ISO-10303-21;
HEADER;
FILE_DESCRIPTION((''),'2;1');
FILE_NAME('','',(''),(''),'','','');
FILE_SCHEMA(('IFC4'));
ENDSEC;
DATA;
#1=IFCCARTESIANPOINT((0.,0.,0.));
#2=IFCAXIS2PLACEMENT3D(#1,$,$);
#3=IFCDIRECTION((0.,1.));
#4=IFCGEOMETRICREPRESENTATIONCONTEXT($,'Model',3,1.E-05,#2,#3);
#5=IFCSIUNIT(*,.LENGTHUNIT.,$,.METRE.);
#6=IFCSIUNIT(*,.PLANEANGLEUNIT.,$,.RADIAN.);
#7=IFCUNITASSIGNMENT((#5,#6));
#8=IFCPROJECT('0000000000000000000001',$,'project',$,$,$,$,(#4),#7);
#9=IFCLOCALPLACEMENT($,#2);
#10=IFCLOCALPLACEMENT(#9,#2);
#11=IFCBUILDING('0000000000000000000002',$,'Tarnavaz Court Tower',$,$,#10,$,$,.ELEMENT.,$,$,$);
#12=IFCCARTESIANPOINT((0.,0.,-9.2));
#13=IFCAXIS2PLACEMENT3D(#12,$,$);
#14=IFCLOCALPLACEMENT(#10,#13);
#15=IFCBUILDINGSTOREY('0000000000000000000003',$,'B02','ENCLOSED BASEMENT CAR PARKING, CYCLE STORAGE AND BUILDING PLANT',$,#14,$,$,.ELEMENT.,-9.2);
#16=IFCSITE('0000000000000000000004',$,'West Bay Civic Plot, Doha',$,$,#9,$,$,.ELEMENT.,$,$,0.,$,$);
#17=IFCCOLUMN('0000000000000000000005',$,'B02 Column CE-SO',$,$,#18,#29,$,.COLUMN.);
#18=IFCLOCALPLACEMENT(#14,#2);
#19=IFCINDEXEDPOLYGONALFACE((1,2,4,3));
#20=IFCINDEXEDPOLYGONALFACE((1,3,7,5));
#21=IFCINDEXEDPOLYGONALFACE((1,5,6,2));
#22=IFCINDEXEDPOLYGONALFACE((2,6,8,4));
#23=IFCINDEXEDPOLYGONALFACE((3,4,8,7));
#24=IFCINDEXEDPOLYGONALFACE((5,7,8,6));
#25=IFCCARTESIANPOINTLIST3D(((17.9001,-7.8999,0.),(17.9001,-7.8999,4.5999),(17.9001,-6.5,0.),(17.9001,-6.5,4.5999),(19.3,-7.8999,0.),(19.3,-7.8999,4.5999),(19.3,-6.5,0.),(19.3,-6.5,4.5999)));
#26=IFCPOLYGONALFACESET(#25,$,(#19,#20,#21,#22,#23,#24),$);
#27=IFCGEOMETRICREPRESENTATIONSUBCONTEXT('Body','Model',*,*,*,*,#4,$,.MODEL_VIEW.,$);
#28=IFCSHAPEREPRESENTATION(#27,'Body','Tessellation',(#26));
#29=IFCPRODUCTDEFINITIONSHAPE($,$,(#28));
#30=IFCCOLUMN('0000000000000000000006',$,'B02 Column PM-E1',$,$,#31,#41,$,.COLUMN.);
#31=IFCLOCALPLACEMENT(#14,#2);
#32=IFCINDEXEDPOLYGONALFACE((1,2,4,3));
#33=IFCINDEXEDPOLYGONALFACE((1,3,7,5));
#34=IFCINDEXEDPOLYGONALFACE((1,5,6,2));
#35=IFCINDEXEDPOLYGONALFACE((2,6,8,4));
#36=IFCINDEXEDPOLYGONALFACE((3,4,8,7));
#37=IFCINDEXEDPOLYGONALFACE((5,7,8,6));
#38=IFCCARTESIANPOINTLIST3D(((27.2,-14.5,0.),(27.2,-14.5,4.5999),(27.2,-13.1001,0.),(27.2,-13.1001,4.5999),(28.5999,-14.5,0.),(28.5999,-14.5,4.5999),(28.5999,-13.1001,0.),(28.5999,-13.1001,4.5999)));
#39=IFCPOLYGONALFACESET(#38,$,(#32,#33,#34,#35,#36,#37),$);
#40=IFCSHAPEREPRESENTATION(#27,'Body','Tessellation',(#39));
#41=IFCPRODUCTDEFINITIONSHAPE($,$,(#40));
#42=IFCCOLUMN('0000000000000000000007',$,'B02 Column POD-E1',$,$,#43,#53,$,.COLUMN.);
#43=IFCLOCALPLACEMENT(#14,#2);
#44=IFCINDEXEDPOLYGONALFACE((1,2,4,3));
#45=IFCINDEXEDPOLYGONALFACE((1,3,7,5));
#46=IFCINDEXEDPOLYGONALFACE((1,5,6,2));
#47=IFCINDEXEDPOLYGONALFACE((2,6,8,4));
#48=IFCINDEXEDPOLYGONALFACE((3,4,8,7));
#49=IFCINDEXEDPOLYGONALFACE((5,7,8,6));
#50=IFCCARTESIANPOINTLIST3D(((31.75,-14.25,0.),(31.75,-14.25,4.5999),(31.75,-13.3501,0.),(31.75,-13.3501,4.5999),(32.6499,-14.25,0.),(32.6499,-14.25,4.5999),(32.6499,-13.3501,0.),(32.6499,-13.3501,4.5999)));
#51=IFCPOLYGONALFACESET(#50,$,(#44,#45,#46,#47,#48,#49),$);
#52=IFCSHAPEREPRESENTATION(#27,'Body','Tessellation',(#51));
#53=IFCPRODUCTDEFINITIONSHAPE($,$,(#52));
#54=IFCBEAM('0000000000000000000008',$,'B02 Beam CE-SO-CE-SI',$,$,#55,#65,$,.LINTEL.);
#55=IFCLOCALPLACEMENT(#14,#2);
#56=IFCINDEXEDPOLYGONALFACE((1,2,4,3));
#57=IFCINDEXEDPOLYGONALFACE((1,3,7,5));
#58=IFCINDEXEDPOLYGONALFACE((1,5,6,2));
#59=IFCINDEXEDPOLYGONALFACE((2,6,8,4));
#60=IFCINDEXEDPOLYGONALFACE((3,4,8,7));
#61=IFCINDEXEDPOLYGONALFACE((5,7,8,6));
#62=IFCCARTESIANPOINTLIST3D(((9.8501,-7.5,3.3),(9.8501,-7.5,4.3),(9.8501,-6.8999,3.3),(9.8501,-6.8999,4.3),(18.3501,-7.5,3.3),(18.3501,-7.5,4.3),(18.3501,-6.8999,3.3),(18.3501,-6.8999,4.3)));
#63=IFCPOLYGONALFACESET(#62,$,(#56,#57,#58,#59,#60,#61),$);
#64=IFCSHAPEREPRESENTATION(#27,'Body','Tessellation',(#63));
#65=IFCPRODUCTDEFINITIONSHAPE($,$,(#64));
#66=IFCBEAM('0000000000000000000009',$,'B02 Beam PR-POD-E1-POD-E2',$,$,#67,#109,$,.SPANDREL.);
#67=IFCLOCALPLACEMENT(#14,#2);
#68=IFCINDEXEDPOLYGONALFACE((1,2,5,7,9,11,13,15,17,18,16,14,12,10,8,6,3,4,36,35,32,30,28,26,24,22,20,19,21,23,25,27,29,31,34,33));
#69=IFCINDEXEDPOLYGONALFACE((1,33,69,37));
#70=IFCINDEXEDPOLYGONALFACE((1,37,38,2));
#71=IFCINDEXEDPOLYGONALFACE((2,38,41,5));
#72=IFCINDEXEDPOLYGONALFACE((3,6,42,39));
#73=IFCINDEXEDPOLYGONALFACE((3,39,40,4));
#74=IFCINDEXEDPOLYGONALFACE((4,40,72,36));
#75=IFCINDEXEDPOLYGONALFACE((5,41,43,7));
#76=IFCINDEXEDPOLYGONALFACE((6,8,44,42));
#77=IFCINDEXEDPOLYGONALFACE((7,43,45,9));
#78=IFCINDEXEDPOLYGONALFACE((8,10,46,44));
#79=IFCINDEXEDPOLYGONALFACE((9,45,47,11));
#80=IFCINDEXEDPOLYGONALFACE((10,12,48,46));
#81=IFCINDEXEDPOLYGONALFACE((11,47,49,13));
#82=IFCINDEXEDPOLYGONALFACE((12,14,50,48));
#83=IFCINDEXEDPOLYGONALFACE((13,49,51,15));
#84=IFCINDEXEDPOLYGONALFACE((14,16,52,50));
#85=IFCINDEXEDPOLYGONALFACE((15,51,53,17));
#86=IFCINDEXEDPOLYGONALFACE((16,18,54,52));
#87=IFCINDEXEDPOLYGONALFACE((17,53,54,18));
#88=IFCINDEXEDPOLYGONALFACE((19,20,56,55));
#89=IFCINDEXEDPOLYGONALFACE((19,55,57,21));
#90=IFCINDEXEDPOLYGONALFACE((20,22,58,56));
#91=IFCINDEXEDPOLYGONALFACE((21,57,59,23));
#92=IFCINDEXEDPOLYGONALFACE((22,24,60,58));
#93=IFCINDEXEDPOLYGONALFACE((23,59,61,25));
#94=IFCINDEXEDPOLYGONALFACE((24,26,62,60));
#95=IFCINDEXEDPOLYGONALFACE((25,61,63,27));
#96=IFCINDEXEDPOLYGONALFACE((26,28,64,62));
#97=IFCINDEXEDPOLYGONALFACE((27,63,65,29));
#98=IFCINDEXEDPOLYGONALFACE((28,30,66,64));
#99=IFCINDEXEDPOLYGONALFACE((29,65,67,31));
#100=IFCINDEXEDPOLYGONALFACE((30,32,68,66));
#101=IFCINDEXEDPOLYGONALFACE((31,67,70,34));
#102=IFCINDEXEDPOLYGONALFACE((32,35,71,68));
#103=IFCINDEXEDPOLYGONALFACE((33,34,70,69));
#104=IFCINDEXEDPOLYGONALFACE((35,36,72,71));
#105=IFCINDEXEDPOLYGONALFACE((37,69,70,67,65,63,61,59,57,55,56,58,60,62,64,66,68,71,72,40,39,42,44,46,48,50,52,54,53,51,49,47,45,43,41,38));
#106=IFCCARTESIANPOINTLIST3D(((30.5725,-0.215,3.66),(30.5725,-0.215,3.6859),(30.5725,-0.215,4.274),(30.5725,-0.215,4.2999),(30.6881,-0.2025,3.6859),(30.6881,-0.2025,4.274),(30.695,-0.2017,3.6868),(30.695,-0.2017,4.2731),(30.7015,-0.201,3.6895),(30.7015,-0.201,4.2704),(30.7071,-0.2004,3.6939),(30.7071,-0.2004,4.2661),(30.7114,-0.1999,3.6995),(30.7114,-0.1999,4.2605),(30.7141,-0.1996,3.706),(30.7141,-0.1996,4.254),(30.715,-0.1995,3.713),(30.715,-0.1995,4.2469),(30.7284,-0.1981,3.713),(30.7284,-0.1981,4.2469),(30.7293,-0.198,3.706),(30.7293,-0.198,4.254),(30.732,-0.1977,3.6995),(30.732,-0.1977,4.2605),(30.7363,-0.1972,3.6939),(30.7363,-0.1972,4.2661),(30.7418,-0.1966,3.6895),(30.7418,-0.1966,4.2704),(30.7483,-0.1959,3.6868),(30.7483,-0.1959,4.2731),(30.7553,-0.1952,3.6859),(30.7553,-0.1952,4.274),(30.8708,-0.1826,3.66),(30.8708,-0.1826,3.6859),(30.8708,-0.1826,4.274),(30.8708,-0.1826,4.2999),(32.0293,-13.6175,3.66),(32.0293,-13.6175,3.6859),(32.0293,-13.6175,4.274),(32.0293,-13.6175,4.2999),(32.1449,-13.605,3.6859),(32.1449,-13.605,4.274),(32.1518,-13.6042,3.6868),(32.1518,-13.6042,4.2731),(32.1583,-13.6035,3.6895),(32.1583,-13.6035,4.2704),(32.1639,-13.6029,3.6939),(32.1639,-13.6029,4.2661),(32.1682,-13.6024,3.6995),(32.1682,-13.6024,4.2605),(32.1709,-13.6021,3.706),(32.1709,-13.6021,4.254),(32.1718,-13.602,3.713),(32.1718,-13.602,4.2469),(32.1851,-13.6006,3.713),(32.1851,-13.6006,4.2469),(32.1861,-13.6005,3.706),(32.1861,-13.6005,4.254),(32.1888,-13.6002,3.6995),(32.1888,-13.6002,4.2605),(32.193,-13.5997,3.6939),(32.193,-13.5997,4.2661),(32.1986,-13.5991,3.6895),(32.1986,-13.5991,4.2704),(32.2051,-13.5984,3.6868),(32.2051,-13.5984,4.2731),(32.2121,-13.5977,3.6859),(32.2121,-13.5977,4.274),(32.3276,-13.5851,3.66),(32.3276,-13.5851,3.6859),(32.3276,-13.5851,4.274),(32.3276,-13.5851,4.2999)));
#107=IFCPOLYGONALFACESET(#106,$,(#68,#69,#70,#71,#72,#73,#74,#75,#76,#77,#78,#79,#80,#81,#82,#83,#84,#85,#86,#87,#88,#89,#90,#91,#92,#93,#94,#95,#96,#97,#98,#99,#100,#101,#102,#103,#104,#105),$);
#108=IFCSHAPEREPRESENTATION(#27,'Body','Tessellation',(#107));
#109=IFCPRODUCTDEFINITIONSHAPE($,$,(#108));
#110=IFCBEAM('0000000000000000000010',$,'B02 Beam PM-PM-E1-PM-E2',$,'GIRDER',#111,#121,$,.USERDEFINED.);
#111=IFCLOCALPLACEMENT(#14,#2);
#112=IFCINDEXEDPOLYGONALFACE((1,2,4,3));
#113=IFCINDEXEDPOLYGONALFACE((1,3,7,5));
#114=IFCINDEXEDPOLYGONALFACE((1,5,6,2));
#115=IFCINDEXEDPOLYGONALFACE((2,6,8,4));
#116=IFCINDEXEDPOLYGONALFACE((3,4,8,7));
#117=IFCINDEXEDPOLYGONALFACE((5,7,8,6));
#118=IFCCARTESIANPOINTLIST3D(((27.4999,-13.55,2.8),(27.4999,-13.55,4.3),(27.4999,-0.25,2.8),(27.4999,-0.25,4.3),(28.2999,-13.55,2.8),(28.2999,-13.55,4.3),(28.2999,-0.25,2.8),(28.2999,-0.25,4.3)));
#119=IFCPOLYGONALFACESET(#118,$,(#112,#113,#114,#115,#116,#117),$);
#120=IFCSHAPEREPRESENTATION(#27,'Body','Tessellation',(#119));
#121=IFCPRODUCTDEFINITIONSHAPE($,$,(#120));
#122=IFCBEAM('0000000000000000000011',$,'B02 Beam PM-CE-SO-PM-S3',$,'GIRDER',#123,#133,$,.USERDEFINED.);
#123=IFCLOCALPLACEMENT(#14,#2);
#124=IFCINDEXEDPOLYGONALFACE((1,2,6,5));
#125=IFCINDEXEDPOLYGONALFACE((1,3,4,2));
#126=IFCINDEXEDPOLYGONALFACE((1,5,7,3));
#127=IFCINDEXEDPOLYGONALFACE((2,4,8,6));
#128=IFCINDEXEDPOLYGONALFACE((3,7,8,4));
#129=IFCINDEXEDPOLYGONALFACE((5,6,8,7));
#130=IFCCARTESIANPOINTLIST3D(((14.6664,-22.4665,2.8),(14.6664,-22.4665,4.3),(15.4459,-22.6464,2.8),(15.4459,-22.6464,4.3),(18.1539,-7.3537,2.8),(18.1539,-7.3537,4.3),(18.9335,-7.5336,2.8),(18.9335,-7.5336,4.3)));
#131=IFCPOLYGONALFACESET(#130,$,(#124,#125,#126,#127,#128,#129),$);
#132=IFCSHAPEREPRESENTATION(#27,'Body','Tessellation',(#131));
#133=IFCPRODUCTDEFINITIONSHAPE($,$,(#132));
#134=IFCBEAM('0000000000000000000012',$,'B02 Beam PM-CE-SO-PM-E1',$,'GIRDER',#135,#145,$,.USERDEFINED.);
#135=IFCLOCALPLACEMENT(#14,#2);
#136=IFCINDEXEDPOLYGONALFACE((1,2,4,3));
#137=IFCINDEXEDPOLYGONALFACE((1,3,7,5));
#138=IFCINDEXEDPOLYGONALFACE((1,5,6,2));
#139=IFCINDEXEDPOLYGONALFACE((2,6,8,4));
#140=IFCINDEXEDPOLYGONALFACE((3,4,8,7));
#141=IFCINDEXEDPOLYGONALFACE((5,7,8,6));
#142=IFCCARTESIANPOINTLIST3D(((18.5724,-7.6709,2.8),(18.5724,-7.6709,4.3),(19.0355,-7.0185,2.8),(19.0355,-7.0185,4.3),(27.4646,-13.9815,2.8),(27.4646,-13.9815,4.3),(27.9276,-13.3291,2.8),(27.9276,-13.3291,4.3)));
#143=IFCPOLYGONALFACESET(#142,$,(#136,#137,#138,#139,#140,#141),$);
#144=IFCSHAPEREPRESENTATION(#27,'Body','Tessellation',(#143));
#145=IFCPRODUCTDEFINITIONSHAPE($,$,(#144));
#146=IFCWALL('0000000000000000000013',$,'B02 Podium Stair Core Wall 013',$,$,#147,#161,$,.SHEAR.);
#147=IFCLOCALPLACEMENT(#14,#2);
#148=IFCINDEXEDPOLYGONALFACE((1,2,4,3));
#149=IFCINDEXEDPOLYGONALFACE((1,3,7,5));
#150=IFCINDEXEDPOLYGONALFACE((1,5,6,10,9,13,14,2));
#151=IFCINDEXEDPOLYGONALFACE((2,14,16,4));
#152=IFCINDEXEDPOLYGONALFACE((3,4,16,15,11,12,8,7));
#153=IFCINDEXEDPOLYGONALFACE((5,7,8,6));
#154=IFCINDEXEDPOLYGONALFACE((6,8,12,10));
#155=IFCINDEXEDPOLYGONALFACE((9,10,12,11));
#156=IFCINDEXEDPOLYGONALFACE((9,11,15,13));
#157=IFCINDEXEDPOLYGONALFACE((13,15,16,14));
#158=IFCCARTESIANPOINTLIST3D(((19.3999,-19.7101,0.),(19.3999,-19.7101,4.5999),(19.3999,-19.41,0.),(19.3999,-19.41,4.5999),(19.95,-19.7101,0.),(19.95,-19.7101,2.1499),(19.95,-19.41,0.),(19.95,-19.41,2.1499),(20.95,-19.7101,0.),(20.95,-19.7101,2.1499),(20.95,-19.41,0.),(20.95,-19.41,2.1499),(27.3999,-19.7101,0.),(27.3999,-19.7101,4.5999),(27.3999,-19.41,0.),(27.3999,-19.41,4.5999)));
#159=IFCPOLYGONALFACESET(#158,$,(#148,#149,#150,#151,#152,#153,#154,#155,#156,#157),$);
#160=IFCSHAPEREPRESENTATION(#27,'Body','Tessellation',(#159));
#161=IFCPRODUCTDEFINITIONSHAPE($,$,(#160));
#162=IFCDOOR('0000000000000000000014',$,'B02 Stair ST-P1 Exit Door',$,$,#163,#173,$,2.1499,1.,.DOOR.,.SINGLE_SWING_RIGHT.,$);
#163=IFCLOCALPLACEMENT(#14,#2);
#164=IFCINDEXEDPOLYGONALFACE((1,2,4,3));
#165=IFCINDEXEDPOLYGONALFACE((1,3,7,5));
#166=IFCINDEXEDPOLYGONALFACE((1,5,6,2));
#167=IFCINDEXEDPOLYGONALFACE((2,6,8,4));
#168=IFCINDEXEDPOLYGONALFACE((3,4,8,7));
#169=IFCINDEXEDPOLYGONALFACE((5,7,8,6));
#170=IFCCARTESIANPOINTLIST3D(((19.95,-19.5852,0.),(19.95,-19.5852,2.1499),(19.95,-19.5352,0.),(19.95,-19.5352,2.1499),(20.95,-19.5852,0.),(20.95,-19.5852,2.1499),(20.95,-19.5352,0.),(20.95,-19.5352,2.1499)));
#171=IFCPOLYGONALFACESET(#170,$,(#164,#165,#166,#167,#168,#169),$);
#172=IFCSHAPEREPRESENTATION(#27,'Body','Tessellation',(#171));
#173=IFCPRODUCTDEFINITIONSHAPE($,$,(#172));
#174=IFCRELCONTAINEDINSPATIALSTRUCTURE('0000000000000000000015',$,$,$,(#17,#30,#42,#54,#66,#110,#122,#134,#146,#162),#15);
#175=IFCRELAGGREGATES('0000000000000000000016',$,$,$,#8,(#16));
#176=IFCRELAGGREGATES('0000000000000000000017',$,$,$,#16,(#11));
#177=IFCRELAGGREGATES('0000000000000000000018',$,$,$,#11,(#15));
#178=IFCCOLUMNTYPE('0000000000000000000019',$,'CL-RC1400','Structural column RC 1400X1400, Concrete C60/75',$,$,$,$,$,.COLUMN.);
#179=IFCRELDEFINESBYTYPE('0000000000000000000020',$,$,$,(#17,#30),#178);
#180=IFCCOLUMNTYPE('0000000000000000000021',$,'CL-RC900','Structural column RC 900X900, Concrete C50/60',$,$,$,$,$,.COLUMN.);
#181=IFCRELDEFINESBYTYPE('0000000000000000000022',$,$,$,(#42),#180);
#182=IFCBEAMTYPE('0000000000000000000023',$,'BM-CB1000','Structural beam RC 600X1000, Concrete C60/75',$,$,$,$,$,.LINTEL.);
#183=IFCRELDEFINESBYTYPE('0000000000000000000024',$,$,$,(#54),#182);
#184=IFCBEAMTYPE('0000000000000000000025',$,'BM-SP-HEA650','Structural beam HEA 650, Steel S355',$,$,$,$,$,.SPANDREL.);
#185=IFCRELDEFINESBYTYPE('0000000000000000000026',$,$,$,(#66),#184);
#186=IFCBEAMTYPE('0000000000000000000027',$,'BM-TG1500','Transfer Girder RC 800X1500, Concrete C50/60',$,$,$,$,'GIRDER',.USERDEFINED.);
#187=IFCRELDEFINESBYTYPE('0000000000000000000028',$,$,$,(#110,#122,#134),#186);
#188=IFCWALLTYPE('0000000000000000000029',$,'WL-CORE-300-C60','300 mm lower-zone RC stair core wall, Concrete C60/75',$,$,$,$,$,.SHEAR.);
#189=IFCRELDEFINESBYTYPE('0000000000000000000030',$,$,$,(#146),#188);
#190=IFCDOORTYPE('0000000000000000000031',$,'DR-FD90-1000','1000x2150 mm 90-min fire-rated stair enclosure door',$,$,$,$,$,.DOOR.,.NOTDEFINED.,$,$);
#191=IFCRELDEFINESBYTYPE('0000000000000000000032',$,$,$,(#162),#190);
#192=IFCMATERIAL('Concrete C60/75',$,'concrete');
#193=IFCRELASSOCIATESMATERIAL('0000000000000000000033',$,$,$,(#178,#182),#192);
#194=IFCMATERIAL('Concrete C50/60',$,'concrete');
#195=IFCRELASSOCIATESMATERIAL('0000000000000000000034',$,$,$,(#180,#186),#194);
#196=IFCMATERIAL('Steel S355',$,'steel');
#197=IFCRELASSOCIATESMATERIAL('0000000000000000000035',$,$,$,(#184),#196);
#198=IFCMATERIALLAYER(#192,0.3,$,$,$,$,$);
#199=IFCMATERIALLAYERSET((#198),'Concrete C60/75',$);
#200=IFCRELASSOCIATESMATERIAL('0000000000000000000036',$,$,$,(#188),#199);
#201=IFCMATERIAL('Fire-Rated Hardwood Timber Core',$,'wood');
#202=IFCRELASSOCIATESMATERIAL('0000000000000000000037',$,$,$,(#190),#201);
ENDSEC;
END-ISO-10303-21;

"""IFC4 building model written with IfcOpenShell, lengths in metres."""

from ifc_helpers import new_model, si_unit, direction, frame, frame_2d, origin, origin_2d, place, context, subcontext, project, spatial, rectangle, i_section, extrude, material, layer, layer_set, material_profile, profile_set, type_object, element, fill, save


model = new_model("IFC4")

# Units and contexts
model_context = context("Model", 3, precision=1e-05, world=origin(), true_north=direction((0.0, 1.0)))
body_context = subcontext(model_context, "Body", "Model", "MODEL_VIEW")
ifc_project = project(units=[si_unit("LENGTHUNIT", "METRE"), si_unit("PLANEANGLEUNIT", "RADIAN")], contexts=[model_context])

# Site, building, storey
site_placement = place(None, origin())
site = spatial("IfcSite", under=ifc_project, at=site_placement, Name="West Bay Civic Plot, Doha", CompositionType="ELEMENT", RefElevation=0.0)
building_placement = place(site_placement, origin())
building = spatial("IfcBuilding", under=site, at=building_placement, Name="Tarnavaz Court Tower", CompositionType="ELEMENT")
storey_placement = place(building_placement, frame((0.0, 0.0, -9.2)))
storey = spatial("IfcBuildingStorey", under=building, at=storey_placement, Name="B02", Description="ENCLOSED BASEMENT CAR PARKING, CYCLE STORAGE AND BUILDING PLANT", CompositionType="ELEMENT", Elevation=-9.2)

# Shared definitions
ifc_material_1 = material(Name="Concrete C50/60", Category="concrete")

# Columns
ifc_material_2 = material(Name="Concrete C60/75", Category="concrete")
ifc_material_profile_1 = material_profile(ifc_material_2, rectangle(XDim=1.3999, YDim=1.3999, at=origin_2d()), Name="RC 1400X1400")
ifc_profile_set_1 = profile_set([ifc_material_profile_1], Name="Concrete C60/75")
column_type_1 = type_object("IfcColumnType", Name="CL-RC1400", Description="Structural column RC 1400X1400, Concrete C60/75", PredefinedType="COLUMN", material=ifc_profile_set_1)
for number, where, z_axis, x_axis, name in (
    (1, (18.6001, -7.2, 0.0), (0.0, 0.0, 1.0), (1.0, 0.0, 0.0), "B02 Column CE-SO"),
    (2, (27.8999, -13.8, 0.0), (0.0, 0.0, 1.0), (1.0, 0.0, 0.0), "B02 Column PM-E1"),
):
    element("IfcColumn", number, at=place(storey_placement, frame(where, z_axis=z_axis, x_axis=x_axis)), inside=storey, type_object=column_type_1, Name=name, PredefinedType="COLUMN", context=body_context, shape_type="SweptSolid", body=[
        extrude(rectangle(XDim=1.3999, YDim=1.3999, at=origin_2d()), origin(), (0.0, 0.0, 1.0), 4.5999),
    ])
ifc_material_profile_2 = material_profile(ifc_material_1, rectangle(XDim=0.8999, YDim=0.8999, at=origin_2d()), Name="RC 900X900")
ifc_profile_set_2 = profile_set([ifc_material_profile_2], Name="Concrete C50/60")
column_type_2 = type_object("IfcColumnType", Name="CL-RC900", Description="Structural column RC 900X900, Concrete C50/60", PredefinedType="COLUMN", material=ifc_profile_set_2)
column_placement = place(storey_placement, frame((32.2, -13.8, 0.0), z_axis=(0.0, 0.0, 1.0), x_axis=(1.0, 0.0, 0.0)))
element("IfcColumn", 3, at=column_placement, inside=storey, type_object=column_type_2, Name="B02 Column POD-E1", PredefinedType="COLUMN", context=body_context, shape_type="SweptSolid", body=[
    extrude(rectangle(XDim=0.8999, YDim=0.8999, at=origin_2d()), origin(), (0.0, 0.0, 1.0), 4.5999),
])

# Beams
ifc_material_profile_3 = material_profile(ifc_material_2, rectangle(XDim=0.6001, YDim=1.0, at=origin_2d()), Name="RC 600X1000")
ifc_profile_set_3 = profile_set([ifc_material_profile_3], Name="Concrete C60/75")
beam_type_1 = type_object("IfcBeamType", Name="BM-CB1000", Description="Structural beam RC 600X1000, Concrete C60/75", PredefinedType="LINTEL", material=ifc_profile_set_3)
beam_1_placement = place(storey_placement, frame((18.3501, -7.2, 3.8), z_axis=(-1.0, 0.0, 0.0), x_axis=(0.0, -1.0, 0.0)))
element("IfcBeam", 4, at=beam_1_placement, inside=storey, type_object=beam_type_1, Name="B02 Beam CE-SO-CE-SI", PredefinedType="LINTEL", context=body_context, shape_type="SweptSolid", body=[
    extrude(rectangle(XDim=0.6001, YDim=1.0, at=origin_2d()), origin(), (0.0, 0.0, 1.0), 8.5),
])
ifc_material_3 = material(Name="Steel S355", Category="steel")
ifc_material_profile_4 = material_profile(ifc_material_3, i_section(OverallWidth=0.3, OverallDepth=0.6399, WebThickness=0.0134, FlangeThickness=0.0259, FilletRadius=0.0271, at=origin_2d()), Name="HEA 650")
ifc_profile_set_4 = profile_set([ifc_material_profile_4], Name="Steel S355")
beam_type_2 = type_object("IfcBeamType", Name="BM-SP-HEA650", Description="Structural beam HEA 650, Steel S355", PredefinedType="SPANDREL", material=ifc_profile_set_4)
beam_2_placement = place(storey_placement, frame((32.1785, -13.6013, 3.98), z_axis=(-0.108058, 0.994145, 0.0), x_axis=(-0.994145, -0.108058, 0.0)))
element("IfcBeam", 5, at=beam_2_placement, inside=storey, type_object=beam_type_2, Name="B02 Beam PR-POD-E1-POD-E2", PredefinedType="SPANDREL", context=body_context, shape_type="SweptSolid", body=[
    extrude(i_section(OverallWidth=0.3, OverallDepth=0.6399, WebThickness=0.0134, FlangeThickness=0.0259, FilletRadius=0.0271, at=origin_2d()), origin(), (0.0, 0.0, 1.0), 13.4814),
])
ifc_material_profile_5 = material_profile(ifc_material_1, rectangle(XDim=0.8, YDim=1.5, at=origin_2d()), Name="RC 800X1500")
ifc_profile_set_5 = profile_set([ifc_material_profile_5], Name="Concrete C50/60")
beam_type_3 = type_object("IfcBeamType", Name="BM-TG1500", Description="Transfer Girder RC 800X1500, Concrete C50/60", ElementType="GIRDER", PredefinedType="USERDEFINED", material=ifc_profile_set_5)
beam_3_placement = place(storey_placement, frame((27.8999, -13.55, 3.55), z_axis=(0.0, 1.0, 0.0), x_axis=(-1.0, 0.0, 0.0)))
element("IfcBeam", 6, at=beam_3_placement, inside=storey, type_object=beam_type_3, Name="B02 Beam PM-PM-E1-PM-E2", ObjectType="GIRDER", PredefinedType="USERDEFINED", context=body_context, shape_type="SweptSolid", body=[
    extrude(rectangle(XDim=0.8, YDim=1.5, at=origin_2d()), origin(), (0.0, 0.0, 1.0), 13.3),
])
beam_4_placement = place(storey_placement, frame((18.5437, -7.4436, 3.55), z_axis=(-0.224858, -0.974391, 0.0), x_axis=(0.974391, -0.224858, 0.0)))
element("IfcBeam", 7, at=beam_4_placement, inside=storey, type_object=beam_type_3, Name="B02 Beam PM-CE-SO-PM-S3", ObjectType="GIRDER", PredefinedType="USERDEFINED", context=body_context, shape_type="SweptSolid", body=[
    extrude(rectangle(XDim=0.8, YDim=1.5, at=origin_2d()), origin(), (0.0, 0.0, 1.0), 15.51),
])
beam_5_placement = place(storey_placement, frame((18.804, -7.3447, 3.55), z_axis=(0.815506, -0.578749, 0.0), x_axis=(0.578749, 0.815506, 0.0)))
element("IfcBeam", 8, at=beam_5_placement, inside=storey, type_object=beam_type_3, Name="B02 Beam PM-CE-SO-PM-E1", ObjectType="GIRDER", PredefinedType="USERDEFINED", context=body_context, shape_type="SweptSolid", body=[
    extrude(rectangle(XDim=0.8, YDim=1.5, at=origin_2d()), origin(), (0.0, 0.0, 1.0), 10.9038),
])

# Wall, opening, door
ifc_layer_1 = layer(ifc_material_2, 0.3)
ifc_layer_set_1 = layer_set([ifc_layer_1], Name="Concrete C60/75")
wall_type_1 = type_object("IfcWallType", Name="WL-CORE-300-C60", Description="300 mm lower-zone RC stair core wall, Concrete C60/75", PredefinedType="SHEAR", material=ifc_layer_set_1)
wall_1_placement = place(storey_placement, frame((19.3999, -19.5601, 0.0), z_axis=(0.0, 0.0, 1.0), x_axis=(1.0, 0.0, 0.0)))
wall_1 = element("IfcWall", 9, at=wall_1_placement, inside=storey, type_object=wall_type_1, Name="B02 Podium Stair Core Wall 013", PredefinedType="SHEAR", context=body_context, shape_type="SweptSolid", body=[
    extrude(rectangle(XDim=8.0, YDim=0.3, at=frame_2d((4.0, 0.0))), origin(), (0.0, 0.0, 1.0), 4.5999),
])
opening_placement = place(wall_1_placement, frame((0.55, 0.0, 0.0)))
opening = element("IfcOpeningElement", 10, at=opening_placement, cuts=wall_1, PredefinedType="OPENING", context=body_context, shape_type="SweptSolid", body=[
    extrude(rectangle(XDim=1.0, YDim=2.1499, at=frame_2d((0.5, 1.075))), frame((0.0, 0.1599, 0.0), z_axis=(0.0, -1.0, 0.0), x_axis=(1.0, 0.0, 0.0)), (0.0, 0.0, 1.0), 0.3201),
])
ifc_material_4 = material(Name="Fire-Rated Hardwood Timber Core", Category="wood")
door_type = type_object("IfcDoorType", Name="DR-FD90-1000", Description="1000x2150 mm 90-min fire-rated stair enclosure door", OperationType="NOTDEFINED", PredefinedType="DOOR", material=ifc_material_4)
door_placement = place(opening_placement, origin())
door = element("IfcDoor", 11, at=door_placement, inside=storey, type_object=door_type, Name="B02 Stair ST-P1 Exit Door", OperationType="SINGLE_SWING_RIGHT", OverallHeight=2.1499, OverallWidth=1.0, PredefinedType="DOOR", context=body_context, shape_type="SweptSolid", body=[
    extrude(rectangle(XDim=1.0, YDim=2.1499, at=frame_2d((0.5, 1.075))), frame((0.0, 0.0249, 0.0), z_axis=(0.0, -1.0, 0.0), x_axis=(1.0, 0.0, 0.0)), (0.0, 0.0, 1.0), 0.05),
])
fill(opening, door)

save(model, "model.ifc")
